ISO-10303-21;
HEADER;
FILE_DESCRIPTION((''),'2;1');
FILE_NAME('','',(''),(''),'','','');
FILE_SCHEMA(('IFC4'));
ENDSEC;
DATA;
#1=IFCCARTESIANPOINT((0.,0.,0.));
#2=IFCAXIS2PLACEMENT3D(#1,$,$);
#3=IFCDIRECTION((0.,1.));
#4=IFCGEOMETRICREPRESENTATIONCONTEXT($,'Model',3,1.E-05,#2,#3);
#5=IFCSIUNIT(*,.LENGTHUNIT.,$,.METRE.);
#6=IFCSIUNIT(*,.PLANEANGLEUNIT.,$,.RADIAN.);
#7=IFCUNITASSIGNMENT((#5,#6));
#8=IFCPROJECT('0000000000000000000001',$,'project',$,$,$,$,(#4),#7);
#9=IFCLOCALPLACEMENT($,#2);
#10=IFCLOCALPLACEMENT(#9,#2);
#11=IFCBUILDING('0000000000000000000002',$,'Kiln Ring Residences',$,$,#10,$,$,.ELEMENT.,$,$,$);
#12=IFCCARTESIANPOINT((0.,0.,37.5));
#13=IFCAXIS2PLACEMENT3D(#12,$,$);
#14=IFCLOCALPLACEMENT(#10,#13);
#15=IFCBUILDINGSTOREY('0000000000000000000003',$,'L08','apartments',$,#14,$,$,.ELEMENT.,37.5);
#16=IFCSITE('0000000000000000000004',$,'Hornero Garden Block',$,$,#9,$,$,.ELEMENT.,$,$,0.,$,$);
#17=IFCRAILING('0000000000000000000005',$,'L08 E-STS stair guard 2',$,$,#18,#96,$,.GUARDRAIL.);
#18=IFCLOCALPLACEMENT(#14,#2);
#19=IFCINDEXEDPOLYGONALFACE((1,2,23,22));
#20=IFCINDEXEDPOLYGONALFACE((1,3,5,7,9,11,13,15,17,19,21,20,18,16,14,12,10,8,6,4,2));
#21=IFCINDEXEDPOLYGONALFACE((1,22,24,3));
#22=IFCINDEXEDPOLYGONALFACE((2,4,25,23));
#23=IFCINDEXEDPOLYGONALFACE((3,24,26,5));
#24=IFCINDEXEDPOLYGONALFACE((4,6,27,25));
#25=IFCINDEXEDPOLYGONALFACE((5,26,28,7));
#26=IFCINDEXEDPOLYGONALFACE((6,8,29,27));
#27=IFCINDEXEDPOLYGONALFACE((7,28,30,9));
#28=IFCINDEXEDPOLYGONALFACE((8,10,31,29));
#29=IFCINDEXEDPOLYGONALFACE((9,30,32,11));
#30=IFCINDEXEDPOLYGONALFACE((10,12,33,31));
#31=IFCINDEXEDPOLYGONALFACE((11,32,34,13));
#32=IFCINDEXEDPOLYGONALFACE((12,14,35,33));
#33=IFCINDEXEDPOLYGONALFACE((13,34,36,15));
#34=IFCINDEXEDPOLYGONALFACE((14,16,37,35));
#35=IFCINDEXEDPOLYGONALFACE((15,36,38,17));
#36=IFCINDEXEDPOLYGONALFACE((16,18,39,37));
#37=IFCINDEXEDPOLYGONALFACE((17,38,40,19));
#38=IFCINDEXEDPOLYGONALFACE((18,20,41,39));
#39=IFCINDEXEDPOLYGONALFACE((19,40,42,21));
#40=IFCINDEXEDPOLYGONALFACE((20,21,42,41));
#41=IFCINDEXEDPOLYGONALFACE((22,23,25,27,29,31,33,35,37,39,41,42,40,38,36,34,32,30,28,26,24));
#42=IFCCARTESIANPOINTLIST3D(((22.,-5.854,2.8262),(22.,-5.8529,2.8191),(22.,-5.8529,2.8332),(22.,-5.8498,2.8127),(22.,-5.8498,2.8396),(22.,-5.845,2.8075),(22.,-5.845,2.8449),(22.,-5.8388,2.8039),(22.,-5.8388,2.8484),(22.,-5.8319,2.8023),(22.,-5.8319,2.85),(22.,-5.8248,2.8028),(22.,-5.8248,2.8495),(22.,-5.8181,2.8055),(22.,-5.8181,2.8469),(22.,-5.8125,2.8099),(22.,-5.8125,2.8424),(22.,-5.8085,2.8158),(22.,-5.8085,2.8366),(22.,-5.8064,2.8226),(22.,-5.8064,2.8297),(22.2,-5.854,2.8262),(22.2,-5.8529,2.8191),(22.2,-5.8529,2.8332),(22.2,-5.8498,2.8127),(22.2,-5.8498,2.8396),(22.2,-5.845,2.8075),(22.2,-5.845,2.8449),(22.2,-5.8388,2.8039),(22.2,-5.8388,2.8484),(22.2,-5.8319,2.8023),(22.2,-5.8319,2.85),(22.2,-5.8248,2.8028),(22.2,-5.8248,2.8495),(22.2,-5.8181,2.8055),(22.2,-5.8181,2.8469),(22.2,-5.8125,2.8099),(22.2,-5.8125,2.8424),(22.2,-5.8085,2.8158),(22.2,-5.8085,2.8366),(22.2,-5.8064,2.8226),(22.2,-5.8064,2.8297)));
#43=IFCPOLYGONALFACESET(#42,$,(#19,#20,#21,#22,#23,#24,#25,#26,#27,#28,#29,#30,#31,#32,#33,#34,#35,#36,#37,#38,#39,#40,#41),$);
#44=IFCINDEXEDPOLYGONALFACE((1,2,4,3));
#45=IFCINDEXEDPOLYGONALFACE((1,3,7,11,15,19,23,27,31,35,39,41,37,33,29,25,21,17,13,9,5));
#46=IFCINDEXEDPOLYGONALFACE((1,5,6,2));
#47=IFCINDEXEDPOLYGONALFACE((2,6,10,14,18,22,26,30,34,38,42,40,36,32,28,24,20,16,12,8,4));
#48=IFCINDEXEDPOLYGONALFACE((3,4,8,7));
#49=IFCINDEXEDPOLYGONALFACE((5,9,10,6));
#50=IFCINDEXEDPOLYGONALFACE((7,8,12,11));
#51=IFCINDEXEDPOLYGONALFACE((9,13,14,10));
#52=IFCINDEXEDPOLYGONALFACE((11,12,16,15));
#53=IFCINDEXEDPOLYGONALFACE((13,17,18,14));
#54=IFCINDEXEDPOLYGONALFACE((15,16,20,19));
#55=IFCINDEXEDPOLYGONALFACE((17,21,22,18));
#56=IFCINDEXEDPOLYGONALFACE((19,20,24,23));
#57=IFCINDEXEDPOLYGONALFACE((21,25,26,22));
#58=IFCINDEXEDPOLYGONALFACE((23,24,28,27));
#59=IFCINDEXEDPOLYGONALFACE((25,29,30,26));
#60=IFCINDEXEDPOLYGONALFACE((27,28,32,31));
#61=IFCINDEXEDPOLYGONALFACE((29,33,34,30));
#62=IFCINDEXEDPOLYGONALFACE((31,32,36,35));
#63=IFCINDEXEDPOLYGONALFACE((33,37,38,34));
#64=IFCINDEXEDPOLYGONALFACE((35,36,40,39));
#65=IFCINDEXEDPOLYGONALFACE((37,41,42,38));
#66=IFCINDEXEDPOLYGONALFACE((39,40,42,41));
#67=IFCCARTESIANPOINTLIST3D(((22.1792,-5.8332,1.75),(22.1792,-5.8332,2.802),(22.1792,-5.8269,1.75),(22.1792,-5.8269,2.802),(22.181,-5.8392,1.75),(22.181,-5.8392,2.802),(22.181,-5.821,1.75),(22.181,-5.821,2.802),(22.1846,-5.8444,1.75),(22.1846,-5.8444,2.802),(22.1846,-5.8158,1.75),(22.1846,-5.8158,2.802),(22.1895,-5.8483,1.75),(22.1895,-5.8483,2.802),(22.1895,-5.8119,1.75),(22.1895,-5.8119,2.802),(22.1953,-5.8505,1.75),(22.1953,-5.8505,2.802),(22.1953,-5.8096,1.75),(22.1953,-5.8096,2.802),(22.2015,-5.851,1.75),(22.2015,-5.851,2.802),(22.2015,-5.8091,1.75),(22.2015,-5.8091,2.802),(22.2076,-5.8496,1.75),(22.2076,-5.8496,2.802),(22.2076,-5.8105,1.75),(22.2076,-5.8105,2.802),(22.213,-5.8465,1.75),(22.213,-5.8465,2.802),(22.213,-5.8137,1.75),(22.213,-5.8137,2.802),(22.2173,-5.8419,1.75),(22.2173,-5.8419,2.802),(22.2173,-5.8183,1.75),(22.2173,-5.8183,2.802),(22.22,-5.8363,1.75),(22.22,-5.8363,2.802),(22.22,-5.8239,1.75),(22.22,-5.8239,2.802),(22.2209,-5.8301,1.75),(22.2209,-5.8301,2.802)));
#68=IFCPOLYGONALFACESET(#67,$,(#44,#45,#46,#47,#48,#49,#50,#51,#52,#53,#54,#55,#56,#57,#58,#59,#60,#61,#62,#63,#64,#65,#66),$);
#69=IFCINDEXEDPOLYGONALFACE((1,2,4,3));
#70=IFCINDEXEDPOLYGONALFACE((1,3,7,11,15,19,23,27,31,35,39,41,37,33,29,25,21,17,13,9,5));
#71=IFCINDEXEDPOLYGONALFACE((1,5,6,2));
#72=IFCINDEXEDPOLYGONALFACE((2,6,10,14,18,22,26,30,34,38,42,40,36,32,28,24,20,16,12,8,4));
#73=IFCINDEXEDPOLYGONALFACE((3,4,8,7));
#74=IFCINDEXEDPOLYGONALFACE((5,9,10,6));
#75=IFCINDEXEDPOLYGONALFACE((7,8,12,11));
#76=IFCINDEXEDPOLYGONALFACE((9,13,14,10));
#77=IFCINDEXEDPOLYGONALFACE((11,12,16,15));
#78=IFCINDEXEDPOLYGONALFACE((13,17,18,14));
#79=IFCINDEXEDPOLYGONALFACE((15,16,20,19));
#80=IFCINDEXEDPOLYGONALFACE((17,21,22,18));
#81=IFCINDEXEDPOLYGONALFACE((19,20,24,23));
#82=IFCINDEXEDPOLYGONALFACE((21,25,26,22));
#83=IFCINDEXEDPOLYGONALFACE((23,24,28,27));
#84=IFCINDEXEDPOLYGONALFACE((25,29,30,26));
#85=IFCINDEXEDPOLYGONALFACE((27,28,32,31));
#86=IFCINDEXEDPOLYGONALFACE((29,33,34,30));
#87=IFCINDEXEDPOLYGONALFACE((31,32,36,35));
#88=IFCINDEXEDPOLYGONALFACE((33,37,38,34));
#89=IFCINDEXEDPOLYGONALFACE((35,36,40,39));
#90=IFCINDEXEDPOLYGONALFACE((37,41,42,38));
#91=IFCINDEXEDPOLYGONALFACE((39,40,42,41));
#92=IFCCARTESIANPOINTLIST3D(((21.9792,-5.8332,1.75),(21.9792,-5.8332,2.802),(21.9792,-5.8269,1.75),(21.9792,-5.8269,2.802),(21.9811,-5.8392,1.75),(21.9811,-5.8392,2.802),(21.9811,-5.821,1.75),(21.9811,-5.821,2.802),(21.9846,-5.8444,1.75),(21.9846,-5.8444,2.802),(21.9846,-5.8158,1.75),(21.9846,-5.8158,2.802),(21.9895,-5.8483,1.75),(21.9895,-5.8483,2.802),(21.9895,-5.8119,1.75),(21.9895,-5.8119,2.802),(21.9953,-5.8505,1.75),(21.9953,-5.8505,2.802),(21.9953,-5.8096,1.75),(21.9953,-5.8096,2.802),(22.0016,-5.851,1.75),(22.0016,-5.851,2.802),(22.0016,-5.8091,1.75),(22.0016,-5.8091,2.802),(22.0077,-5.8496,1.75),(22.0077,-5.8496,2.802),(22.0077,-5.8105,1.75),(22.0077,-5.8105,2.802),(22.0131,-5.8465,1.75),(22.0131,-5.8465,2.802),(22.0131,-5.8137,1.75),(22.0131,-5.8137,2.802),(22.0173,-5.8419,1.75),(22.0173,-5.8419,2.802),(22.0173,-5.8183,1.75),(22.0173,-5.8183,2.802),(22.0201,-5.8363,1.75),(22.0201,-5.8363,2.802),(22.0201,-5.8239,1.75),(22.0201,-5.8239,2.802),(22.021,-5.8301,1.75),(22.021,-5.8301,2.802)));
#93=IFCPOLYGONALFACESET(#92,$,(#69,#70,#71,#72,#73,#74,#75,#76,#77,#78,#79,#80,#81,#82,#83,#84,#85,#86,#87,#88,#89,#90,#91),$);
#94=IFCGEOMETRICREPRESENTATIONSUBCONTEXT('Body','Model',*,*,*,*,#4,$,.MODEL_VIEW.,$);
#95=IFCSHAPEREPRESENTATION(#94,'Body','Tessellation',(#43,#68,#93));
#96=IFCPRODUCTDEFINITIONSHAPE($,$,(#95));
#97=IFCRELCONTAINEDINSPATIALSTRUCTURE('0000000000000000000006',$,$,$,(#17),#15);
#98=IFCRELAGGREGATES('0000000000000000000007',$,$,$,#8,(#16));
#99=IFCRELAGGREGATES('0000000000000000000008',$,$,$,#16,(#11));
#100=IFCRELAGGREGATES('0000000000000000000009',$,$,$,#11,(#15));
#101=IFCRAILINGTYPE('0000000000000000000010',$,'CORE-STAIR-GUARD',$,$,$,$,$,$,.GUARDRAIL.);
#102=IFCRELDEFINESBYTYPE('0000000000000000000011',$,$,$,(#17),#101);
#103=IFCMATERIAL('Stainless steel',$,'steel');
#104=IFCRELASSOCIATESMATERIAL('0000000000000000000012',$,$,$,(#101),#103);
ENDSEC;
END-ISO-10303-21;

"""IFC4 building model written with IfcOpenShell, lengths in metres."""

from ifc_helpers import new_model, si_unit, direction, frame, origin, origin_2d, place, context, subcontext, project, spatial, circle, extrude, material, type_object, element, save


model = new_model("IFC4")

# Units and contexts
model_context = context("Model", 3, precision=1e-05, world=origin(), true_north=direction((0.0, 1.0)))
body_context = subcontext(model_context, "Body", "Model", "MODEL_VIEW")
ifc_project = project(units=[si_unit("LENGTHUNIT", "METRE"), si_unit("PLANEANGLEUNIT", "RADIAN")], contexts=[model_context])

# Site, building, storey
site_placement = place(None, origin())
site = spatial("IfcSite", under=ifc_project, at=site_placement, Name="Hornero Garden Block", CompositionType="ELEMENT", RefElevation=0.0)
building_placement = place(site_placement, origin())
building = spatial("IfcBuilding", under=site, at=building_placement, Name="Kiln Ring Residences", CompositionType="ELEMENT")
storey_placement = place(building_placement, frame((0.0, 0.0, 37.5)))
storey = spatial("IfcBuildingStorey", under=building, at=storey_placement, Name="L08", Description="apartments", CompositionType="ELEMENT", Elevation=37.5)

# Railing
ifc_material_1 = material(Name="Stainless steel", Category="steel")
railing_type_1 = type_object("IfcRailingType", Name="CORE-STAIR-GUARD", PredefinedType="GUARDRAIL", material=ifc_material_1)
railing_1_placement = place(storey_placement, frame((22.2, -5.8301, 1.75)))
element("IfcRailing", 1, at=railing_1_placement, inside=storey, type_object=railing_type_1, Name="L08 E-STS stair guard 2", PredefinedType="GUARDRAIL", context=body_context, shape_type="SweptSolid", body=[
    extrude(circle(Radius=0.0239, at=origin_2d()), frame((0.0, 0.0, 1.0762), z_axis=(-1.0, 0.0, 0.0), x_axis=(0.0, -1.0, 0.0)), (0.0, 0.0, 1.0), 0.2),
    extrude(circle(Radius=0.021, at=origin_2d()), origin(), (0.0, 0.0, 1.0), 1.052),
    extrude(circle(Radius=0.021, at=origin_2d()), frame((-0.2, 0.0, 0.0)), (0.0, 0.0, 1.0), 1.052),
])

save(model, "model.ifc")
